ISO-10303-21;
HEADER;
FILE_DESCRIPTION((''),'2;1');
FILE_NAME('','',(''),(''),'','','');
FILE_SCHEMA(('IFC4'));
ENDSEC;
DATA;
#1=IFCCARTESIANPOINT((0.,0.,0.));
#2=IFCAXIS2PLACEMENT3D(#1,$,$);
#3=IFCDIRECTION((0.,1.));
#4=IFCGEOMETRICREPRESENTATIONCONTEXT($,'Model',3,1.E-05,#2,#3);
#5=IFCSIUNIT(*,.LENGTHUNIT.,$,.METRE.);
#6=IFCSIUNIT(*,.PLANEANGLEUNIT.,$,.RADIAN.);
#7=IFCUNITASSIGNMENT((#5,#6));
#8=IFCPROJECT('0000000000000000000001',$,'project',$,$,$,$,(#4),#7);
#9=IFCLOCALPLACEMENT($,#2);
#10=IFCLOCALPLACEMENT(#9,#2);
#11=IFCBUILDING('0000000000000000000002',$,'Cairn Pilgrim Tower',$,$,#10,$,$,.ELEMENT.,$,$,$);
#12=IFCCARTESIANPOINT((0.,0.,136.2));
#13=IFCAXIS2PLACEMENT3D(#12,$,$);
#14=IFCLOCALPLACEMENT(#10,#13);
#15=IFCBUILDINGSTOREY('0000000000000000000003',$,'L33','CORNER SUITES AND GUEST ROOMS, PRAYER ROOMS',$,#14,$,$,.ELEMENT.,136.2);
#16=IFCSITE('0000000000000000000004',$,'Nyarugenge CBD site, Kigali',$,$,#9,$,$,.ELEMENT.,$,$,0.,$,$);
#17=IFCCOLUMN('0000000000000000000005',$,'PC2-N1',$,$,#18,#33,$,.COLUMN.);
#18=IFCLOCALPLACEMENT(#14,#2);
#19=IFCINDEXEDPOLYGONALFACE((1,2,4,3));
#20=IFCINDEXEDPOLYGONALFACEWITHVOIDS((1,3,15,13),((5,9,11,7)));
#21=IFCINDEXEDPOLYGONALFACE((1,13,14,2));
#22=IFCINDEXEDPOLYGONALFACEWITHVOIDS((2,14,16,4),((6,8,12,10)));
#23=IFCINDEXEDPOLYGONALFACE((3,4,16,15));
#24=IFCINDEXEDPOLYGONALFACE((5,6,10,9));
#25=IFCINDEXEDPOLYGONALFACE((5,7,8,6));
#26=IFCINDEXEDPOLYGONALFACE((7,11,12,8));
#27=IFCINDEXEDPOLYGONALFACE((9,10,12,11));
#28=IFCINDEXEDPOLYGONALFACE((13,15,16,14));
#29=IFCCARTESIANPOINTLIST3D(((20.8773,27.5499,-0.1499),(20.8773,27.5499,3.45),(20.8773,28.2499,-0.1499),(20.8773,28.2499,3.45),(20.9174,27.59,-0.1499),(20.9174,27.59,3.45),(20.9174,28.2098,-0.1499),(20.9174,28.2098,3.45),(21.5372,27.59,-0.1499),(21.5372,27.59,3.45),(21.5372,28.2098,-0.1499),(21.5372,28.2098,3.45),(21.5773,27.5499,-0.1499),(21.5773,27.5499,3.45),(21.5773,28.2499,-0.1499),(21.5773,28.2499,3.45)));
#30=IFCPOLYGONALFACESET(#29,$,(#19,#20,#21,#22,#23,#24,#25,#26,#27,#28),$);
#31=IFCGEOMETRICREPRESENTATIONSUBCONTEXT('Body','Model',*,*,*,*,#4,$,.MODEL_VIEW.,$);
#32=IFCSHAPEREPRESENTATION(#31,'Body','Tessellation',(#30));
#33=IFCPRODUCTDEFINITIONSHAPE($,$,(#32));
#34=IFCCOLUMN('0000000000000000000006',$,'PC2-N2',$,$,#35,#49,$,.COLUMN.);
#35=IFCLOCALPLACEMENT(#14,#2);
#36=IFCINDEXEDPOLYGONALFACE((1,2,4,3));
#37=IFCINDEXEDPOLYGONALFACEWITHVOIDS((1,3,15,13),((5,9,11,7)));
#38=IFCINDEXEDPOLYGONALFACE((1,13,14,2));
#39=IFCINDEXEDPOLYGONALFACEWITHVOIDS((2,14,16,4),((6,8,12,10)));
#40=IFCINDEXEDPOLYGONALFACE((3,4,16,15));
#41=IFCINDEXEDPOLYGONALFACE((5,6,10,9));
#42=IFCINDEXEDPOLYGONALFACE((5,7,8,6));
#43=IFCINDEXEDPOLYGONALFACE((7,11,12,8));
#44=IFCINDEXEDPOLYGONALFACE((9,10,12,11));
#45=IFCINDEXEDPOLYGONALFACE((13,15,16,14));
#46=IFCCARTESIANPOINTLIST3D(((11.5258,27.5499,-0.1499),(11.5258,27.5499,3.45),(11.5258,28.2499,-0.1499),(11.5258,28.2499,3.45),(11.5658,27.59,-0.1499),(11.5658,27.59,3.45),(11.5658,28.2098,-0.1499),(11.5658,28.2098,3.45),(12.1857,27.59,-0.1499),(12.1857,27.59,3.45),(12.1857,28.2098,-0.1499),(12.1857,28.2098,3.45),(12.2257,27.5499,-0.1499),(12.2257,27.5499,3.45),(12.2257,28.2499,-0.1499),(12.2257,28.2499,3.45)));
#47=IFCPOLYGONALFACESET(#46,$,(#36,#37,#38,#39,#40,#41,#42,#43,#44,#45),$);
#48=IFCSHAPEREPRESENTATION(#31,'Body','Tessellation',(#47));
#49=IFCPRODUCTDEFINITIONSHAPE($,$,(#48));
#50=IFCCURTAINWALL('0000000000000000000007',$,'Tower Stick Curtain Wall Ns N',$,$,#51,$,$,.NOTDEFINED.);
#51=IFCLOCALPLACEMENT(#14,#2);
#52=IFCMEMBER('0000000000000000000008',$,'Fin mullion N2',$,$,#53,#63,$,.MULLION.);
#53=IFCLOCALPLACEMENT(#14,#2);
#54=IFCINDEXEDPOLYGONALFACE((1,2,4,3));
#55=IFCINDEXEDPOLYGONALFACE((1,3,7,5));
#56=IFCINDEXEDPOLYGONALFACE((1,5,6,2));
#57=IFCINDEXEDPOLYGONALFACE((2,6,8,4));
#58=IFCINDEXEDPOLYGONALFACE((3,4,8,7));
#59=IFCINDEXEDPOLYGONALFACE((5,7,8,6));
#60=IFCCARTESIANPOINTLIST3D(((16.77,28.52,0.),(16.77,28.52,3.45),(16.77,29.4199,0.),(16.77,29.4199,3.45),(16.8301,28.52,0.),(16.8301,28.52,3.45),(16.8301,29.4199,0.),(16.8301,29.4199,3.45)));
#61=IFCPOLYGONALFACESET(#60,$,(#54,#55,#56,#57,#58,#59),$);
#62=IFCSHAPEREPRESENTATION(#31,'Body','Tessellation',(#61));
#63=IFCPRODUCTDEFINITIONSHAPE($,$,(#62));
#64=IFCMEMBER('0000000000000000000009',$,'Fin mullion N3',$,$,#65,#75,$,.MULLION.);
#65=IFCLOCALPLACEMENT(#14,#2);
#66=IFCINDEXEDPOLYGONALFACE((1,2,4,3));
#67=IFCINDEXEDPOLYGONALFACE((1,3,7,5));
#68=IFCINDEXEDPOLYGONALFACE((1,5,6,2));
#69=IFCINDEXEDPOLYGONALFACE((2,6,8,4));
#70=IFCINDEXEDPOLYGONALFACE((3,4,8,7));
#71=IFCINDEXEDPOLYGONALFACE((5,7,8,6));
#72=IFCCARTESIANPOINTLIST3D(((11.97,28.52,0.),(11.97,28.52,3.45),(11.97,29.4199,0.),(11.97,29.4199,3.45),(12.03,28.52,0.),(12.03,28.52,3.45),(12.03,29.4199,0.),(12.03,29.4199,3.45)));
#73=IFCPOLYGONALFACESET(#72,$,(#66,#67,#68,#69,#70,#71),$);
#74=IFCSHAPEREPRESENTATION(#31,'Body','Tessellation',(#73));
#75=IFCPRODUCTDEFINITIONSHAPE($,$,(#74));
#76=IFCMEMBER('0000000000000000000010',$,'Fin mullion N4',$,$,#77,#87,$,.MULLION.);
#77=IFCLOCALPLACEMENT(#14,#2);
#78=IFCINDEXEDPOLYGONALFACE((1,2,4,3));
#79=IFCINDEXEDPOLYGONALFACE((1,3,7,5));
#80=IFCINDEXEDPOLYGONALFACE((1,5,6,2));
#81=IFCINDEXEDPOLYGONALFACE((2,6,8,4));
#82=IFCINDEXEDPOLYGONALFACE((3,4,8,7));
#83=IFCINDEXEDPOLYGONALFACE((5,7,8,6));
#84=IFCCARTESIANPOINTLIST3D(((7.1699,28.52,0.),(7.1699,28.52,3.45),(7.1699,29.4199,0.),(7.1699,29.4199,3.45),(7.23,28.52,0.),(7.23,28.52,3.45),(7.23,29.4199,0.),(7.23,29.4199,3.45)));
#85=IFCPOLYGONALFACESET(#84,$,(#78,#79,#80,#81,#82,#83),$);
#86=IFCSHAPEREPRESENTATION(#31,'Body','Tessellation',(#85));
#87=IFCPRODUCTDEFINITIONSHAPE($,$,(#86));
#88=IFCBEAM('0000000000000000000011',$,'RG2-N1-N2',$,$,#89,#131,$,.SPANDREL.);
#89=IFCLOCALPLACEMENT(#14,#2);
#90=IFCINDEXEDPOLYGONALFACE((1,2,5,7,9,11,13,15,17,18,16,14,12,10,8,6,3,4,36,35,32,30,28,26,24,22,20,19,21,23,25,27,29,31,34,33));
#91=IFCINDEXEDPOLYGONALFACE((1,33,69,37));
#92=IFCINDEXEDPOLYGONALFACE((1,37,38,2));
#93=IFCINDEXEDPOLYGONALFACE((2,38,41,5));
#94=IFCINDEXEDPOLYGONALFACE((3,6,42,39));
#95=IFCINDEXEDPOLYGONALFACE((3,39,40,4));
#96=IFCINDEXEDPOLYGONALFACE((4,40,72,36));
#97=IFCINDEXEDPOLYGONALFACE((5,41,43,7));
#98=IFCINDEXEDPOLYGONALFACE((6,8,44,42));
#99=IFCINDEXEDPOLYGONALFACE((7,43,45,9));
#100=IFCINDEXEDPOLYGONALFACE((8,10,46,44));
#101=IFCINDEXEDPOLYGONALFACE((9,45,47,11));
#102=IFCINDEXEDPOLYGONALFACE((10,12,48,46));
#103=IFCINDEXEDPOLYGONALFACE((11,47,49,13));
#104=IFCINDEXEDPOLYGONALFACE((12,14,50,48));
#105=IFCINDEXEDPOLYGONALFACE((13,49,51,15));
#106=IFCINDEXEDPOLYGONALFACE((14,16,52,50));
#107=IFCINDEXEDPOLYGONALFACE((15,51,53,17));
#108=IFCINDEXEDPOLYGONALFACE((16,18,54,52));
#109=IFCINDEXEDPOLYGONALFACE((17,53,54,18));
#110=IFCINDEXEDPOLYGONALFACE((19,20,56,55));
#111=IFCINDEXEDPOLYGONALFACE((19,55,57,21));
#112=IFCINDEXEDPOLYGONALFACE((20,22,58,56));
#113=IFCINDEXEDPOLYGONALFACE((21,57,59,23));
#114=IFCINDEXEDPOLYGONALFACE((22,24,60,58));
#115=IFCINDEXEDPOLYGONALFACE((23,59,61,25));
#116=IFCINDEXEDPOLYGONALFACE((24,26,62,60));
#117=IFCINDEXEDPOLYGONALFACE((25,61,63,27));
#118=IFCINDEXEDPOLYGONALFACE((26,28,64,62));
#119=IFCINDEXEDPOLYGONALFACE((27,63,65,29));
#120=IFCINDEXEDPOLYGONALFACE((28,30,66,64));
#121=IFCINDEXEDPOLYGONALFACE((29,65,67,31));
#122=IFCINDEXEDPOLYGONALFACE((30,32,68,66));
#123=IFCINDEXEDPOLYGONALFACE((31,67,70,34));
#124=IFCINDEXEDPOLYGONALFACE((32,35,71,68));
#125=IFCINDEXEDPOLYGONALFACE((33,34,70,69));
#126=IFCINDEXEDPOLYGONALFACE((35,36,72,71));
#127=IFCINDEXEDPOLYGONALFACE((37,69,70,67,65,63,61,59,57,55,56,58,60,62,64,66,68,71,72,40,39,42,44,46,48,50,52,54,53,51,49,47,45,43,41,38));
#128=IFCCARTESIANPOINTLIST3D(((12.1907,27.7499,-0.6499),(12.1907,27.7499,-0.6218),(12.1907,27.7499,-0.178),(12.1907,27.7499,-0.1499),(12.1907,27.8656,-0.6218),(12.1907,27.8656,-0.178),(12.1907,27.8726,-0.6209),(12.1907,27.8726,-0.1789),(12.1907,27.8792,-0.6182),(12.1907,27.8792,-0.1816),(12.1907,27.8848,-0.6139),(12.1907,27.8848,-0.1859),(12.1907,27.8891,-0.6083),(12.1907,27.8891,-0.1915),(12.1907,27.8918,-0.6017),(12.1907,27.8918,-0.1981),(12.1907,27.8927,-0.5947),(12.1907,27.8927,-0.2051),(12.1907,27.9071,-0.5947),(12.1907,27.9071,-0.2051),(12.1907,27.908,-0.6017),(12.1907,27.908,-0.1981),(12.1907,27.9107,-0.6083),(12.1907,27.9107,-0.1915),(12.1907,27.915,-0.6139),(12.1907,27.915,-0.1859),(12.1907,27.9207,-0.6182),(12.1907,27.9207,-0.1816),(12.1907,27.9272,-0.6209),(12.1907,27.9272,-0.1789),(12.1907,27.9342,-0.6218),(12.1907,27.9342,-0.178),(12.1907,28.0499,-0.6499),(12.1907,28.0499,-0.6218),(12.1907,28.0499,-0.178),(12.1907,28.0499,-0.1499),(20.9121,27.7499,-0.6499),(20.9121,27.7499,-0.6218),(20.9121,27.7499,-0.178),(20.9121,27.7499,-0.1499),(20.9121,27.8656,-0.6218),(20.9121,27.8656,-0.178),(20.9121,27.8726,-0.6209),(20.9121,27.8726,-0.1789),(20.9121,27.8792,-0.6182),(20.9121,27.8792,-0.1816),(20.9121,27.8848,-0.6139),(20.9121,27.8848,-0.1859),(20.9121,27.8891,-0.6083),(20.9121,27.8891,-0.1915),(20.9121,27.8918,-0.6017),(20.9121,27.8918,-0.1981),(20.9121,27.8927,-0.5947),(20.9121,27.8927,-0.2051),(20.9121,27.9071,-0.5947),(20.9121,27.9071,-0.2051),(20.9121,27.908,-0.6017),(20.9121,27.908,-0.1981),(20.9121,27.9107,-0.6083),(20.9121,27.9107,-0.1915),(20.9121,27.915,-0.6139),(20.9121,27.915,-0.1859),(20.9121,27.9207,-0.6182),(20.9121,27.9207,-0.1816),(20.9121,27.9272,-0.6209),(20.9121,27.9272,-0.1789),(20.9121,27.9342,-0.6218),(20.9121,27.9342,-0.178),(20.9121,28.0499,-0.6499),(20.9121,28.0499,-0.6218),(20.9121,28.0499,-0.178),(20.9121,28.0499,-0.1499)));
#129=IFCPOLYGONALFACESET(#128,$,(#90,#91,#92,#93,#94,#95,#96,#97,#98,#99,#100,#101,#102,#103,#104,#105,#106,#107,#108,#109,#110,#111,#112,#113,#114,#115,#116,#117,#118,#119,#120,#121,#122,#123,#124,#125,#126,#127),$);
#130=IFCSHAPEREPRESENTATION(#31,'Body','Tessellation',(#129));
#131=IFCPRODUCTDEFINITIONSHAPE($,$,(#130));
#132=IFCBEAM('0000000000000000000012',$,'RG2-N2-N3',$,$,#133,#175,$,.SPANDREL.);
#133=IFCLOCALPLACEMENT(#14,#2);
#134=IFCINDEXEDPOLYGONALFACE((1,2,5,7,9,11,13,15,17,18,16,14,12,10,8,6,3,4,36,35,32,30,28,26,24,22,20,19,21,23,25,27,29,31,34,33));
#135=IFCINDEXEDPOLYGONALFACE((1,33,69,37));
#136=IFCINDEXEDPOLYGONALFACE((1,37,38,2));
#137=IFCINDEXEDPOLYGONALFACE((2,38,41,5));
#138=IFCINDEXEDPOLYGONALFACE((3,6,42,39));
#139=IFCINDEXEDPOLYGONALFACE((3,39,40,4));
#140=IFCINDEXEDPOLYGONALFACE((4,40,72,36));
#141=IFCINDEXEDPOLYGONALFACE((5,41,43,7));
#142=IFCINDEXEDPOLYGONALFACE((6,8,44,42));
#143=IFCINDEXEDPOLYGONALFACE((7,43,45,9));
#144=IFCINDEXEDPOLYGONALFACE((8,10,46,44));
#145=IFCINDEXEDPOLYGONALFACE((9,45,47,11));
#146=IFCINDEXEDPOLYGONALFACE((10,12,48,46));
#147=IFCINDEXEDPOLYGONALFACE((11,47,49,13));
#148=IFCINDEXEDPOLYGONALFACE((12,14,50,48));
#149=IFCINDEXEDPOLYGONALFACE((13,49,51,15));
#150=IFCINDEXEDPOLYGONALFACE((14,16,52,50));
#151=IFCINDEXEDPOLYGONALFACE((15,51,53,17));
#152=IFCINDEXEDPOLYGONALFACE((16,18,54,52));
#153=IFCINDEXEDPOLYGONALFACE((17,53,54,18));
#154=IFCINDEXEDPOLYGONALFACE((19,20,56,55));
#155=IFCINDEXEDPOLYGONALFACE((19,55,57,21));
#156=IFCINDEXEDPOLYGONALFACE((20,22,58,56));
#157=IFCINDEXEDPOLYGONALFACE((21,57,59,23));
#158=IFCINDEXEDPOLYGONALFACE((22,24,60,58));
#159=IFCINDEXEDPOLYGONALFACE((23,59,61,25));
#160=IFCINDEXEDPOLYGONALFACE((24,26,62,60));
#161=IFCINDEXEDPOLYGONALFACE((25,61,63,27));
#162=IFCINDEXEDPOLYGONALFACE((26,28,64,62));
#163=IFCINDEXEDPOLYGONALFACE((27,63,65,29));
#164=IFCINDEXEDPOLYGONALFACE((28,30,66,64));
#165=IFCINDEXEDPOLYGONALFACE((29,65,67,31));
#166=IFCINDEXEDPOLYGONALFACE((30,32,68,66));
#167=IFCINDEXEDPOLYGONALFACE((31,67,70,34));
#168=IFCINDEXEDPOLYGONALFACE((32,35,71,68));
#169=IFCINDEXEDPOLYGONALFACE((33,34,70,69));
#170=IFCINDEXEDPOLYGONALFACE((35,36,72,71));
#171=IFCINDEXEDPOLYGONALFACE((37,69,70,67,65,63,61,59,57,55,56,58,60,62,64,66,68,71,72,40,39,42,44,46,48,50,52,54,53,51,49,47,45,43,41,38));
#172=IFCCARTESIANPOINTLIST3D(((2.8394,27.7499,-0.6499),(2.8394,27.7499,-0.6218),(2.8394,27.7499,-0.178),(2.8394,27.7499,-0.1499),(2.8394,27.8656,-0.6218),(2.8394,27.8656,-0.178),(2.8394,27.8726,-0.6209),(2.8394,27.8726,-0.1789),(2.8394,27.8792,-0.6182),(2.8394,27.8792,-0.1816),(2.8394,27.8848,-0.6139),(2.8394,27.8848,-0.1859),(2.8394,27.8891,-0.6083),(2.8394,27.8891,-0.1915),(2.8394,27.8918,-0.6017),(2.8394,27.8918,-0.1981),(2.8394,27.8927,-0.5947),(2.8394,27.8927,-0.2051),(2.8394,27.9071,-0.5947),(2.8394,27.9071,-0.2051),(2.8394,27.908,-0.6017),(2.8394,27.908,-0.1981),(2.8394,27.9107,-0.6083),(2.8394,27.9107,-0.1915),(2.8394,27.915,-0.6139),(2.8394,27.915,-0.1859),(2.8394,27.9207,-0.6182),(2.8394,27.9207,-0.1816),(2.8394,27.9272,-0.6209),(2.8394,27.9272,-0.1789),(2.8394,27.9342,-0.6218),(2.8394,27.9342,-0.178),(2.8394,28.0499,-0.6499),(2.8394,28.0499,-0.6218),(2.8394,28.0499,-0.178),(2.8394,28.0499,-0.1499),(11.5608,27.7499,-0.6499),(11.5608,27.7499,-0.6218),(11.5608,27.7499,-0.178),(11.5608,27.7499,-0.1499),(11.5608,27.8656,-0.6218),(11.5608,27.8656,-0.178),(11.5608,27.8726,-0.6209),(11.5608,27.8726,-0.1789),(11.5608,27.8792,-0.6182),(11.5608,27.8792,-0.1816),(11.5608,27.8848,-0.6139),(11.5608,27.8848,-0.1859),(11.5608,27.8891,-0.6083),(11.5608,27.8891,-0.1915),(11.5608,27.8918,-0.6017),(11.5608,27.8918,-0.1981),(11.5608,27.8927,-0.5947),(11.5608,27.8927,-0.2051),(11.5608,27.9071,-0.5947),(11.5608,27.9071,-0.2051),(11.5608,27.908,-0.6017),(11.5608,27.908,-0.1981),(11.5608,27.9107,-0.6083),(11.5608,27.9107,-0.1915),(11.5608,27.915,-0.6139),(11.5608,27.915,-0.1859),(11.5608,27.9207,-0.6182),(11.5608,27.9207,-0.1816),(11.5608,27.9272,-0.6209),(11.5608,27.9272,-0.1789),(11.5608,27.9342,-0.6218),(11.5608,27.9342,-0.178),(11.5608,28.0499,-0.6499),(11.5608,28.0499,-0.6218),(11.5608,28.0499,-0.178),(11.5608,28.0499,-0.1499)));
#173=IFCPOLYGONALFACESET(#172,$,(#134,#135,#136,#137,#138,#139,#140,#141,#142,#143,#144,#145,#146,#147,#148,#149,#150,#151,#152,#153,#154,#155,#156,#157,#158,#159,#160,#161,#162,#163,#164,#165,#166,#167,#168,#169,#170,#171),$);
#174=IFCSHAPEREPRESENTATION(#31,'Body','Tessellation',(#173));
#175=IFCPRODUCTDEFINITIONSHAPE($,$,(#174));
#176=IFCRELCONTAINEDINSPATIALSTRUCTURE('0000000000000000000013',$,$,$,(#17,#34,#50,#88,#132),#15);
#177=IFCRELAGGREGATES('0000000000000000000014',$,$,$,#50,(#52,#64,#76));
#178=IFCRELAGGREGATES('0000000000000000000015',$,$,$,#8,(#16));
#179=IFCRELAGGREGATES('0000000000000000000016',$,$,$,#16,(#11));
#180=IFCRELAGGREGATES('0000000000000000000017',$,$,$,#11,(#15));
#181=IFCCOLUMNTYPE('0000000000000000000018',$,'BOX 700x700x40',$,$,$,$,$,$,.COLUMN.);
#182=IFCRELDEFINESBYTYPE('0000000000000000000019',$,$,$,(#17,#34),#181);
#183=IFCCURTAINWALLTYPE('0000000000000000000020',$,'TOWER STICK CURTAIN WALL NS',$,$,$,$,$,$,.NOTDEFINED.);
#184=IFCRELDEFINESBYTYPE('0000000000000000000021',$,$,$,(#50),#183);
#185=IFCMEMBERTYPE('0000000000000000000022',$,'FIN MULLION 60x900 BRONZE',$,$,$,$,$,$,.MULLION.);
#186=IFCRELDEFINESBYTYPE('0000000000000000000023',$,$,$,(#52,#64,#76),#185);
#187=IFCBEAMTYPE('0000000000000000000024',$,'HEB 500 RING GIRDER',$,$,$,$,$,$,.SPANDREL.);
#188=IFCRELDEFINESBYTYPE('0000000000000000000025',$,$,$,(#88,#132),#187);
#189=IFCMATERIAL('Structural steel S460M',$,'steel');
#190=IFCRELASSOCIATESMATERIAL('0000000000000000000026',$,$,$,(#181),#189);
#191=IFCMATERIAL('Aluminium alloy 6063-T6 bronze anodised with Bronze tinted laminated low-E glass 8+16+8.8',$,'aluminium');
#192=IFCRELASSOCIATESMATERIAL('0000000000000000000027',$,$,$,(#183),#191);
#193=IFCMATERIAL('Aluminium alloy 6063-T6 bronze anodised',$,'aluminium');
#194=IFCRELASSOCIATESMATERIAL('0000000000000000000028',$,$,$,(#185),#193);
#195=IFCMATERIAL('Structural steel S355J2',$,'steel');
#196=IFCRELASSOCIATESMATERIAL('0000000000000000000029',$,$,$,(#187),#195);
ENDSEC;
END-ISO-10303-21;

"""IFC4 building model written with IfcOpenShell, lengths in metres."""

from ifc_helpers import new_model, si_unit, direction, frame, origin, origin_2d, place, context, subcontext, project, spatial, rectangle, hollow_rectangle, i_section, extrude, material, material_profile, profile_set, type_object, element, aggregate, save


model = new_model("IFC4")

# Units and contexts
model_context = context("Model", 3, precision=1e-05, world=origin(), true_north=direction((0.0, 1.0)))
body_context = subcontext(model_context, "Body", "Model", "MODEL_VIEW")
ifc_project = project(units=[si_unit("LENGTHUNIT", "METRE"), si_unit("PLANEANGLEUNIT", "RADIAN")], contexts=[model_context])

# Site, building, storey
site_placement = place(None, origin())
site = spatial("IfcSite", under=ifc_project, at=site_placement, Name="Nyarugenge CBD site, Kigali", CompositionType="ELEMENT", RefElevation=0.0)
building_placement = place(site_placement, origin())
building = spatial("IfcBuilding", under=site, at=building_placement, Name="Cairn Pilgrim Tower", CompositionType="ELEMENT")
storey_placement = place(building_placement, frame((0.0, 0.0, 136.2)))
storey = spatial("IfcBuildingStorey", under=building, at=storey_placement, Name="L33", Description="CORNER SUITES AND GUEST ROOMS, PRAYER ROOMS", CompositionType="ELEMENT", Elevation=136.2)

# Columns
ifc_material_1 = material(Name="Structural steel S460M", Category="steel")
ifc_material_profile_1 = material_profile(ifc_material_1, hollow_rectangle(XDim=0.7, YDim=0.7, WallThickness=0.04, at=origin_2d()), Name="BOX 700x700x40")
ifc_profile_set_1 = profile_set([ifc_material_profile_1], Name="Structural steel S460M")
column_type = type_object("IfcColumnType", Name="BOX 700x700x40", PredefinedType="COLUMN", material=ifc_profile_set_1)
for number, where, z_axis, x_axis, name in (
    (1, (21.2273, 27.8999, -0.1499), (0.0, 0.0, 1.0), (1.0, 0.0, 0.0), "PC2-N1"),
    (2, (11.8757, 27.8999, -0.1499), (0.0, 0.0, 1.0), (1.0, 0.0, 0.0), "PC2-N2"),
):
    element("IfcColumn", number, at=place(storey_placement, frame(where, z_axis=z_axis, x_axis=x_axis)), inside=storey, type_object=column_type, Name=name, PredefinedType="COLUMN", context=body_context, shape_type="SweptSolid", body=[
        extrude(hollow_rectangle(XDim=0.7, YDim=0.7, WallThickness=0.04, at=origin_2d()), origin(), (0.0, 0.0, 1.0), 3.5999),
    ])

# Curtain wall, members
ifc_material_2 = material(Name="Aluminium alloy 6063-T6 bronze anodised with Bronze tinted laminated low-E glass 8+16+8.8", Category="aluminium")
curtain_wall_type = type_object("IfcCurtainWallType", Name="TOWER STICK CURTAIN WALL NS", PredefinedType="NOTDEFINED", material=ifc_material_2)
curtain_wall_placement = place(storey_placement, origin())
curtain_wall = element("IfcCurtainWall", 3, at=curtain_wall_placement, inside=storey, type_object=curtain_wall_type, Name="Tower Stick Curtain Wall Ns N", PredefinedType="NOTDEFINED")
ifc_material_3 = material(Name="Aluminium alloy 6063-T6 bronze anodised", Category="aluminium")
ifc_material_profile_2 = material_profile(ifc_material_3, rectangle(XDim=0.8999, YDim=0.0601, at=origin_2d()), Name="FIN MULLION 60x900 BRONZE")
ifc_profile_set_2 = profile_set([ifc_material_profile_2], Name="Aluminium alloy 6063-T6 bronze anodised")
member_type = type_object("IfcMemberType", Name="FIN MULLION 60x900 BRONZE", PredefinedType="MULLION", material=ifc_profile_set_2)
member_1_placement = place(storey_placement, frame((16.8, 28.97, 0.0), z_axis=(0.0, 0.0, 1.0), x_axis=(0.0, 1.0, 0.0)))
member_1 = element("IfcMember", 4, at=member_1_placement, type_object=member_type, Name="Fin mullion N2", PredefinedType="MULLION", context=body_context, shape_type="SweptSolid", body=[
    extrude(rectangle(XDim=0.8999, YDim=0.0601, at=origin_2d()), origin(), (0.0, 0.0, 1.0), 3.45),
])
member_2_placement = place(storey_placement, frame((12.0, 28.97, 0.0), z_axis=(0.0, 0.0, 1.0), x_axis=(0.0, 1.0, 0.0)))
member_2 = element("IfcMember", 5, at=member_2_placement, type_object=member_type, Name="Fin mullion N3", PredefinedType="MULLION", context=body_context, shape_type="SweptSolid", body=[
    extrude(rectangle(XDim=0.8999, YDim=0.0601, at=origin_2d()), origin(), (0.0, 0.0, 1.0), 3.45),
])
member_3_placement = place(storey_placement, frame((7.2, 28.97, 0.0), z_axis=(0.0, 0.0, 1.0), x_axis=(0.0, 1.0, 0.0)))
member_3 = element("IfcMember", 6, at=member_3_placement, type_object=member_type, Name="Fin mullion N4", PredefinedType="MULLION", context=body_context, shape_type="SweptSolid", body=[
    extrude(rectangle(XDim=0.8999, YDim=0.0601, at=origin_2d()), origin(), (0.0, 0.0, 1.0), 3.45),
])
aggregate(curtain_wall, [member_1, member_2, member_3])

# Beams
ifc_material_4 = material(Name="Structural steel S355J2", Category="steel")
ifc_material_profile_3 = material_profile(ifc_material_4, i_section(OverallWidth=0.3, OverallDepth=0.5, WebThickness=0.0144, FlangeThickness=0.0281, FilletRadius=0.0271, at=origin_2d()), Name="HEB 500")
ifc_profile_set_3 = profile_set([ifc_material_profile_3], Name="Structural steel S355J2")
beam_type_1 = type_object("IfcBeamType", Name="HEB 500 RING GIRDER", PredefinedType="SPANDREL", material=ifc_profile_set_3)
for number, where, z_axis, x_axis, name in (
    (7, (20.9121, 27.8999, -0.3999), (-1.0, 0.0, 0.0), (0.0, -1.0, 0.0), "RG2-N1-N2"),
    (8, (11.5608, 27.8999, -0.3999), (-1.0, 0.0, 0.0), (0.0, -1.0, 0.0), "RG2-N2-N3"),
):
    element("IfcBeam", number, at=place(storey_placement, frame(where, z_axis=z_axis, x_axis=x_axis)), inside=storey, type_object=beam_type_1, Name=name, PredefinedType="SPANDREL", context=body_context, shape_type="SweptSolid", body=[
        extrude(i_section(OverallWidth=0.3, OverallDepth=0.5, WebThickness=0.0144, FlangeThickness=0.0281, FilletRadius=0.0271, at=origin_2d()), origin(), (0.0, 0.0, 1.0), 8.7214),
    ])

save(model, "model.ifc")
